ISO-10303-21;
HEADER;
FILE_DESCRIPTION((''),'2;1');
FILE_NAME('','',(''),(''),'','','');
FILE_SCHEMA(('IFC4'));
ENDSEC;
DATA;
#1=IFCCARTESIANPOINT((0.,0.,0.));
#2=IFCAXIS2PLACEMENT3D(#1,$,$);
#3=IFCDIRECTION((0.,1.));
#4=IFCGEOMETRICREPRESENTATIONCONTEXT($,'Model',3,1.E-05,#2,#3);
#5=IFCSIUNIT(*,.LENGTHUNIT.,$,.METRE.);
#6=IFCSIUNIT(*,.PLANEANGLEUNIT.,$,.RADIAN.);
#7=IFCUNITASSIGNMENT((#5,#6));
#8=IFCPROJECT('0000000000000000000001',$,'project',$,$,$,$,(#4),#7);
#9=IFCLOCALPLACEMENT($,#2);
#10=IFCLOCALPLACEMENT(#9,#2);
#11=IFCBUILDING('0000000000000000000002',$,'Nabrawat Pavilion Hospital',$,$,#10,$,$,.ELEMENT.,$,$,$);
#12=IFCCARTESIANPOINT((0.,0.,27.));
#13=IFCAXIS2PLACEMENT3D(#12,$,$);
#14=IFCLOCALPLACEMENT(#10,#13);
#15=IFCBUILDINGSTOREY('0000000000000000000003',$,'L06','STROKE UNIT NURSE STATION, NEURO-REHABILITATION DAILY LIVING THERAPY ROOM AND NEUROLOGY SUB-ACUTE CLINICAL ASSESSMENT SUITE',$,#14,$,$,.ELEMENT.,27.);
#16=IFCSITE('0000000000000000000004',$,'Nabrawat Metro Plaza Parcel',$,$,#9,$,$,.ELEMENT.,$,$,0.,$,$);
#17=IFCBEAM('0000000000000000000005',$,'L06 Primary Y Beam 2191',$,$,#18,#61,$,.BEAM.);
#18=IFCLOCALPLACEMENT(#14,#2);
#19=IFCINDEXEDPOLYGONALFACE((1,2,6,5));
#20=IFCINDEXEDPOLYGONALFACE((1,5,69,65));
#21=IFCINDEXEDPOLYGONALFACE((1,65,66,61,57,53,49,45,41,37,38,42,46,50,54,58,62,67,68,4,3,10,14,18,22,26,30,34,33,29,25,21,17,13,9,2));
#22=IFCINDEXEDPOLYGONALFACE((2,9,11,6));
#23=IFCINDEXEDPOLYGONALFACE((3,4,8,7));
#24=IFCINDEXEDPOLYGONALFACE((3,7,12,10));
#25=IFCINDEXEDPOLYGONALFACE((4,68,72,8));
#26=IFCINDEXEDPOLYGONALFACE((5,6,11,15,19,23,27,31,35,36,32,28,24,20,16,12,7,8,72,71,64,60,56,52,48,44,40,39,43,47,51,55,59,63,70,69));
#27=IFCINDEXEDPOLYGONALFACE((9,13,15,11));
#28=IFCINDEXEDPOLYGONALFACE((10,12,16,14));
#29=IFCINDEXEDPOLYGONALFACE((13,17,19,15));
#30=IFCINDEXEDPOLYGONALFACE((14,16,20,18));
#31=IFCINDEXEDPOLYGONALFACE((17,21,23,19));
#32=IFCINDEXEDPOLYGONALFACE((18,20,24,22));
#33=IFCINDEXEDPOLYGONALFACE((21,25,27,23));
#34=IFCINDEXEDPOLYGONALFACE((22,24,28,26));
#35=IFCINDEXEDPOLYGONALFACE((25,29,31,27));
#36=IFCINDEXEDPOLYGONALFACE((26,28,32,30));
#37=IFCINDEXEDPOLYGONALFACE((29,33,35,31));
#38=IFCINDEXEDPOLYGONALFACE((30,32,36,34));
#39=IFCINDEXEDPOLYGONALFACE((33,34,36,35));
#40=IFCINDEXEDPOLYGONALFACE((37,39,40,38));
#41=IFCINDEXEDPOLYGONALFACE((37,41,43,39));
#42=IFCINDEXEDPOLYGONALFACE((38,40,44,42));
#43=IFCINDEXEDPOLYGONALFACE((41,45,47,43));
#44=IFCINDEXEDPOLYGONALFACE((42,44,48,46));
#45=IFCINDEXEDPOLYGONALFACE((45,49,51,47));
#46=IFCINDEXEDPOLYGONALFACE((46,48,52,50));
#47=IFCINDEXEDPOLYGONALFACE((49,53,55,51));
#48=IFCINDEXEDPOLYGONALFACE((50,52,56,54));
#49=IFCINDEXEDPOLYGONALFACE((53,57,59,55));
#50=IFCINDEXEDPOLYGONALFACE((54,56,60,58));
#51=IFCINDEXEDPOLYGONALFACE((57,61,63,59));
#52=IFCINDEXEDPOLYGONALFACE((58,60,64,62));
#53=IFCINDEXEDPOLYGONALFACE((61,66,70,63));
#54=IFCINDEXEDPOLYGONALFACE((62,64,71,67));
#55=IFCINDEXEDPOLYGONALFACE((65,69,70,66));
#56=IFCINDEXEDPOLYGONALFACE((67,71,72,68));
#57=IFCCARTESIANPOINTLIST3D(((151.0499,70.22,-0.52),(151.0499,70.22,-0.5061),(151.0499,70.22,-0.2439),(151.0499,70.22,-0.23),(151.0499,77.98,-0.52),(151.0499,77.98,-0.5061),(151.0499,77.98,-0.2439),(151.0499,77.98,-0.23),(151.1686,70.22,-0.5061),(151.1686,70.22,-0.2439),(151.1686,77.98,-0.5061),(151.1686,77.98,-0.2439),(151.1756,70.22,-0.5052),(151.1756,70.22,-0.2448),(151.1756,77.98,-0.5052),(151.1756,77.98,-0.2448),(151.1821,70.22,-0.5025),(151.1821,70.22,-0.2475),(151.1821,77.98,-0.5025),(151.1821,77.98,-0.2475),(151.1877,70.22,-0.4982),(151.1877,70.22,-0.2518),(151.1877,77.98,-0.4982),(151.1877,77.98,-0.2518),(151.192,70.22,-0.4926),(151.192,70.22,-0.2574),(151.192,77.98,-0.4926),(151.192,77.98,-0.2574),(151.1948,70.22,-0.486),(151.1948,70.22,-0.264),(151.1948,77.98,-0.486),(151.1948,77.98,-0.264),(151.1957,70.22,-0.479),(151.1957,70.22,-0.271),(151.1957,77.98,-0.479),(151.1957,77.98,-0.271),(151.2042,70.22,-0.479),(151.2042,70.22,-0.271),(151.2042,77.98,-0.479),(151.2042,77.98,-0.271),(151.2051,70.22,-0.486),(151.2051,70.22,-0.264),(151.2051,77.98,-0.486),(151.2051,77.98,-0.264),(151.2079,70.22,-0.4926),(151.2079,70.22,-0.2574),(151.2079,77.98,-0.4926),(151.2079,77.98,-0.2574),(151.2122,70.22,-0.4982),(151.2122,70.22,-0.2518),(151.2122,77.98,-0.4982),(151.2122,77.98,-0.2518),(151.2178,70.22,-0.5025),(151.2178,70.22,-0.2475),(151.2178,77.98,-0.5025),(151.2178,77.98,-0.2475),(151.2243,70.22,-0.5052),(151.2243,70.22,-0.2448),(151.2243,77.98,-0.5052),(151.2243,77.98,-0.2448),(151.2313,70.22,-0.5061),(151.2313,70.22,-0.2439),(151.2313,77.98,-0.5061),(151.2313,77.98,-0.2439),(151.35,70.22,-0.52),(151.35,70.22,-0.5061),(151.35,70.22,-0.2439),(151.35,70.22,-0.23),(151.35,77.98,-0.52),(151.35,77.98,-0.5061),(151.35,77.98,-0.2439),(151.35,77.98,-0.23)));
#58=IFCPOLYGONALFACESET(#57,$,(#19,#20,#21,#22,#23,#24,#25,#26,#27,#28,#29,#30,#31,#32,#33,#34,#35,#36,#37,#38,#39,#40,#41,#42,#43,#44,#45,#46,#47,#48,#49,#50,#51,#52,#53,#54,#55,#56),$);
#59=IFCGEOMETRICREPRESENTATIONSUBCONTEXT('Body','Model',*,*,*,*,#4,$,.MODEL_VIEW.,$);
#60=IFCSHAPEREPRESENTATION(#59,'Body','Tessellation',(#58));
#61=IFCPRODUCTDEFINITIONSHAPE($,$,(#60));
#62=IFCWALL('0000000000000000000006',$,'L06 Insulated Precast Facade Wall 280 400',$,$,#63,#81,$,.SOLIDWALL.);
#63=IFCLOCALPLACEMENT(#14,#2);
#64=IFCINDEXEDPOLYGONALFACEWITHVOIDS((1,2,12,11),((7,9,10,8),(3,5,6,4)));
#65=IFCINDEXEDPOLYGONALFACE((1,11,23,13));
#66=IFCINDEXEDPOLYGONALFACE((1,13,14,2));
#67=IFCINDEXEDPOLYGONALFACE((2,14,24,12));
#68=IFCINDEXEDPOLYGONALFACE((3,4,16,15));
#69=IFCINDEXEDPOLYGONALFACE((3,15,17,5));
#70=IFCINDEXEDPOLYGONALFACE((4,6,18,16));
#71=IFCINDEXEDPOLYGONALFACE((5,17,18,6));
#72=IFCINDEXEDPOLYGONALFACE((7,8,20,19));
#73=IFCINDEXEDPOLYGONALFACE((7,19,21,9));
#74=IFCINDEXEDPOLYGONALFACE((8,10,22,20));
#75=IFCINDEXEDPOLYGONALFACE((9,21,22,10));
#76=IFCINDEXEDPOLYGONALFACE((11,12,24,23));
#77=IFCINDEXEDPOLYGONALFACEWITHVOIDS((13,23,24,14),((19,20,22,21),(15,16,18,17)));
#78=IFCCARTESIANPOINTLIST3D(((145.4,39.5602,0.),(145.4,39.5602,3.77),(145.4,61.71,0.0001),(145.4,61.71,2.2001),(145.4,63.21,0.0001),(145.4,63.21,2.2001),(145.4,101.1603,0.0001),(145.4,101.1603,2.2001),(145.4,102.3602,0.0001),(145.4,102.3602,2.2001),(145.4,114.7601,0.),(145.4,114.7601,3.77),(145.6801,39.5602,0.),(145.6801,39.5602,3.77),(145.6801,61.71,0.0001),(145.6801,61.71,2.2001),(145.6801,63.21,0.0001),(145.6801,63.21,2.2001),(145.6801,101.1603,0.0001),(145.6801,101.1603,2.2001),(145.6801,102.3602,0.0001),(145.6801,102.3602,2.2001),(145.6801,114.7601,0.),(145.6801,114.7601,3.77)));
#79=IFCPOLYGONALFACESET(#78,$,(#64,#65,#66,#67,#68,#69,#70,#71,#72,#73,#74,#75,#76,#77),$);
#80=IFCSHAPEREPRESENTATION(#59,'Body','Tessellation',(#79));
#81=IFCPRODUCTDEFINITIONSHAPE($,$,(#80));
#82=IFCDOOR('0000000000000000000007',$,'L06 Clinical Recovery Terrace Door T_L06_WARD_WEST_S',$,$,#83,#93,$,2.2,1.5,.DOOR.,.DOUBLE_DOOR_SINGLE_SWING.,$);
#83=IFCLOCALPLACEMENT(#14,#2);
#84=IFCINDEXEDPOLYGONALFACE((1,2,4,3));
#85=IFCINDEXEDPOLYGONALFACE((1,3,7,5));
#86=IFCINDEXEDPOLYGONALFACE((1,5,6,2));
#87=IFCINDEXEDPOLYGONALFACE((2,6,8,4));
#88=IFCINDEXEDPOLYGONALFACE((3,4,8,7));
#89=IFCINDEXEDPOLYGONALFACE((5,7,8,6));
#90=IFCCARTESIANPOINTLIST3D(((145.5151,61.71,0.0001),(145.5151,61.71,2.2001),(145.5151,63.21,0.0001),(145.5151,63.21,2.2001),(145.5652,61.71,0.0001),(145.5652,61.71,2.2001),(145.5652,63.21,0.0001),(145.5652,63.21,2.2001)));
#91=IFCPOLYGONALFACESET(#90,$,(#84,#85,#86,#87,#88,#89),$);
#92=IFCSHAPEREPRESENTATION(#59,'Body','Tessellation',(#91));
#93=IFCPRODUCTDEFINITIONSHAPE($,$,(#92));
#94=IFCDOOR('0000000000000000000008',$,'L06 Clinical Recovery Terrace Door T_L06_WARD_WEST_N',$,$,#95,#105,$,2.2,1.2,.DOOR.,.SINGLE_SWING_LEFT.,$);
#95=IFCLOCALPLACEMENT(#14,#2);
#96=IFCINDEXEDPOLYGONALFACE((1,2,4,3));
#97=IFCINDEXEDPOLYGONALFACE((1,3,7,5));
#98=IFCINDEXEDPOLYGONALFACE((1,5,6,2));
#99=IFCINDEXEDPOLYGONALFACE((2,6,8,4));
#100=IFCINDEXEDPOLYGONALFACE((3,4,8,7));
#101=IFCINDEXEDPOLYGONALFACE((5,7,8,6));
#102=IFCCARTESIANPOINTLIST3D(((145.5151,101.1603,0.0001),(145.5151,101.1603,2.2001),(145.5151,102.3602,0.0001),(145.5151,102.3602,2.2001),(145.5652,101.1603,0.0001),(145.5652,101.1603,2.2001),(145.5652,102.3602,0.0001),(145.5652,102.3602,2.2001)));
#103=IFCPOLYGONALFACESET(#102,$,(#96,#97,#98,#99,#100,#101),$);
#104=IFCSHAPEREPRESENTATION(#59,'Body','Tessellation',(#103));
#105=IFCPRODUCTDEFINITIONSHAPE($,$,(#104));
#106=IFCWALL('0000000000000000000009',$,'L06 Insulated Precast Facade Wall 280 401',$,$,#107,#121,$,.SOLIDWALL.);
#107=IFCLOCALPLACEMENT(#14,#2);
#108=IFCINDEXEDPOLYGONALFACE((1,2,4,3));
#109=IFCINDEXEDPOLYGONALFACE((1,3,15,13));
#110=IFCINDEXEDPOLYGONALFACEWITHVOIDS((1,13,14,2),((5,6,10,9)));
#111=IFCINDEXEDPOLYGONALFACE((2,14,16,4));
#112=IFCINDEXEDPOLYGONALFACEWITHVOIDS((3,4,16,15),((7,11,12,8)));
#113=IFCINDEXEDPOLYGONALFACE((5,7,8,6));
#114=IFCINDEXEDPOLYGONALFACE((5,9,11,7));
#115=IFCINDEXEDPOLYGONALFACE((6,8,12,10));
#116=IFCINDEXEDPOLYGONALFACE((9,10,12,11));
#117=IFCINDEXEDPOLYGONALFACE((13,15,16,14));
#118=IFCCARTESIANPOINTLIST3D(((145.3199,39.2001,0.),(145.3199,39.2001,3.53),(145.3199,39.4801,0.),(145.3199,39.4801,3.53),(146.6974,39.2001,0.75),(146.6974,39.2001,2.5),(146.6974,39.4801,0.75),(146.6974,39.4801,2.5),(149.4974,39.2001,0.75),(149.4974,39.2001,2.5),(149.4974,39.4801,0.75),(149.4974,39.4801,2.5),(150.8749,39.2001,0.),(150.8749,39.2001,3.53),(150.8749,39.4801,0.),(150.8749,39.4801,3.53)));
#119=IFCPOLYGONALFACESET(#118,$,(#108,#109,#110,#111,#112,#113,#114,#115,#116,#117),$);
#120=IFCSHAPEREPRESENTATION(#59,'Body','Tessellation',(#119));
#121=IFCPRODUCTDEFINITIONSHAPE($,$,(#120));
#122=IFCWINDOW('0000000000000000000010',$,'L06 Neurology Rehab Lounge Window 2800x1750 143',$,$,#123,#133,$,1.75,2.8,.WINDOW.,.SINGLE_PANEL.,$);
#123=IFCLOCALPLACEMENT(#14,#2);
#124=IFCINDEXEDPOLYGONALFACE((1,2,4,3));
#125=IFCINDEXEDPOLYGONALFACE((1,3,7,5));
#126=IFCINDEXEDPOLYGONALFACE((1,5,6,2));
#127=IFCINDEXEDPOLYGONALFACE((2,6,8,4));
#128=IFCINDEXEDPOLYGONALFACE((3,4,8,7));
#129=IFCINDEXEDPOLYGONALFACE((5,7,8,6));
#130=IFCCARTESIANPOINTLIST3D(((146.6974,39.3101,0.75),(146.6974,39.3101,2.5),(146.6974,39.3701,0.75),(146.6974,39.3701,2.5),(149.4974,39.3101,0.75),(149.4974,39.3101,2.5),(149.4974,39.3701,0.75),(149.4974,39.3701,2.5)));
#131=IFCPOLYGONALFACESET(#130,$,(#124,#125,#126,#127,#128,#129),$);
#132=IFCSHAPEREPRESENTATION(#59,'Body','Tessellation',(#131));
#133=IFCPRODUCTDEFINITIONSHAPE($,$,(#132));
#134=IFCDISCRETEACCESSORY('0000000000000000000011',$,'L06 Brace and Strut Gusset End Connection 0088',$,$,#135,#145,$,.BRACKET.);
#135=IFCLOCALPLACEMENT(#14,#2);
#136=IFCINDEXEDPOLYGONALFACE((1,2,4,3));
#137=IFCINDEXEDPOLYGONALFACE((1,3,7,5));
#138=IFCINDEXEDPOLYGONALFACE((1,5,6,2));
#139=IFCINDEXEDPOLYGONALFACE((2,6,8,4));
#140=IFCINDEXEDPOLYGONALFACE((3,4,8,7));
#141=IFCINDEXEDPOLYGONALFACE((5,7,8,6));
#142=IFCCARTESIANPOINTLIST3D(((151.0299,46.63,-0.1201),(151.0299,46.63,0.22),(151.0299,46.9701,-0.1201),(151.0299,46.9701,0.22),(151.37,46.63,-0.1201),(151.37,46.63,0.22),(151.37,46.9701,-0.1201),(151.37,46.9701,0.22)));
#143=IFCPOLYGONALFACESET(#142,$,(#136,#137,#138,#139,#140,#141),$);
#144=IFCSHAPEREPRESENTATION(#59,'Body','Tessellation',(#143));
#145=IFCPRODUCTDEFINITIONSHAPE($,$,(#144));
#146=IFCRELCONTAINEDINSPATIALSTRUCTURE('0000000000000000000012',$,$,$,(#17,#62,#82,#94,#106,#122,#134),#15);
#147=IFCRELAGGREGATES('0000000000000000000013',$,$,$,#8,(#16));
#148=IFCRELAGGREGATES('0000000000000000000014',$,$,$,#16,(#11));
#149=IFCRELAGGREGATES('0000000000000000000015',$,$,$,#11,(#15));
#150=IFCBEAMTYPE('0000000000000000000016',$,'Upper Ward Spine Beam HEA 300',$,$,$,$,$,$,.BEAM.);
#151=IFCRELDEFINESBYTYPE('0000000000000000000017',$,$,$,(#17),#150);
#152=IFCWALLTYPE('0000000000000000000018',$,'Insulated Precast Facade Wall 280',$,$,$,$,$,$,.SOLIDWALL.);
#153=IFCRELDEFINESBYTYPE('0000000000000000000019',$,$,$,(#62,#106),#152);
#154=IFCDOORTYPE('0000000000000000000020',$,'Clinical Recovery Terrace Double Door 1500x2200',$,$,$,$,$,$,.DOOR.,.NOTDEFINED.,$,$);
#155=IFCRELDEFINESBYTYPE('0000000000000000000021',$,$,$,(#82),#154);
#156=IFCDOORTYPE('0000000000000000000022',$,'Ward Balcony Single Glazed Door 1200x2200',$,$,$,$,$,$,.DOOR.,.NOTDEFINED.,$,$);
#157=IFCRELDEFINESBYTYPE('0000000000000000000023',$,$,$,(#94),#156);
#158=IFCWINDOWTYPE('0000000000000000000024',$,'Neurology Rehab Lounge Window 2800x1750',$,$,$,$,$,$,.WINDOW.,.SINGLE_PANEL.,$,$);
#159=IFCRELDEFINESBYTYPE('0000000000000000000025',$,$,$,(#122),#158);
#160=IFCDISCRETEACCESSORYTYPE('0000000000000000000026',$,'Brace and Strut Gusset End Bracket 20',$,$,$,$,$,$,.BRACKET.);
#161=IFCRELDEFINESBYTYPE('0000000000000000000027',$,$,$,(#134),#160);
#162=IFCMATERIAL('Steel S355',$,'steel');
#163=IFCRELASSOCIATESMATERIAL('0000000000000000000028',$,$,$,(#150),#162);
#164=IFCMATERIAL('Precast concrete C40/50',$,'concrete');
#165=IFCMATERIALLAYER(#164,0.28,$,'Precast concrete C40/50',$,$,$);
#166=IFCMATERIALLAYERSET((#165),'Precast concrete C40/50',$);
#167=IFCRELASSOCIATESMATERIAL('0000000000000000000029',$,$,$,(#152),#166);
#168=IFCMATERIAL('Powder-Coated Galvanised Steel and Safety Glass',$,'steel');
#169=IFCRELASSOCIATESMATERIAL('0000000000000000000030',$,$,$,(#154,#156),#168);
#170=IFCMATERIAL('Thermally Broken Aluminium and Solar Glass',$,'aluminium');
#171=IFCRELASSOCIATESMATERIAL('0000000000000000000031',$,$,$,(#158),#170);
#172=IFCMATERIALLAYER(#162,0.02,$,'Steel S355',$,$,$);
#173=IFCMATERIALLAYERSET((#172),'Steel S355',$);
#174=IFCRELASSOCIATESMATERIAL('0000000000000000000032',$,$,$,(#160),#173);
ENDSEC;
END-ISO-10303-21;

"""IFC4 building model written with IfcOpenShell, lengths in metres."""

from ifc_helpers import new_model, si_unit, direction, frame, frame_2d, origin, origin_2d, place, context, subcontext, project, spatial, rectangle, i_section, extrude, material, layer, layer_set, material_profile, profile_set, type_object, element, fill, save


model = new_model("IFC4")

# Units and contexts
model_context = context("Model", 3, precision=1e-05, world=origin(), true_north=direction((0.0, 1.0)))
body_context = subcontext(model_context, "Body", "Model", "MODEL_VIEW")
ifc_project = project(units=[si_unit("LENGTHUNIT", "METRE"), si_unit("PLANEANGLEUNIT", "RADIAN")], contexts=[model_context])

# Site, building, storey
site_placement = place(None, origin())
site = spatial("IfcSite", under=ifc_project, at=site_placement, Name="Nabrawat Metro Plaza Parcel", CompositionType="ELEMENT", RefElevation=0.0)
building_placement = place(site_placement, origin())
building = spatial("IfcBuilding", under=site, at=building_placement, Name="Nabrawat Pavilion Hospital", CompositionType="ELEMENT")
storey_placement = place(building_placement, frame((0.0, 0.0, 27.0)))
storey = spatial("IfcBuildingStorey", under=building, at=storey_placement, Name="L06", Description="STROKE UNIT NURSE STATION, NEURO-REHABILITATION DAILY LIVING THERAPY ROOM AND NEUROLOGY SUB-ACUTE CLINICAL ASSESSMENT SUITE", CompositionType="ELEMENT", Elevation=27.0)

# Shared definitions
ifc_material_1 = material(Name="Steel S355", Category="steel")

# Beam
ifc_material_profile_1 = material_profile(ifc_material_1, i_section(OverallWidth=0.3, OverallDepth=0.29, WebThickness=0.0085, FlangeThickness=0.0139, FilletRadius=0.0271, at=origin_2d()), Name="HEA 300")
ifc_profile_set_1 = profile_set([ifc_material_profile_1], Name="Steel S355")
beam_type_1 = type_object("IfcBeamType", Name="Upper Ward Spine Beam HEA 300", PredefinedType="BEAM", material=ifc_profile_set_1)
for number, where, z_axis, x_axis, name in (
    (1, (151.2, 70.22, -0.375), (0.0, 1.0, 0.0), (-1.0, 0.0, 0.0), "L06 Primary Y Beam 2191"),
):
    element("IfcBeam", number, at=place(storey_placement, frame(where, z_axis=z_axis, x_axis=x_axis)), inside=storey, type_object=beam_type_1, Name=name, PredefinedType="BEAM", context=body_context, shape_type="SweptSolid", body=[
        extrude(i_section(OverallWidth=0.3, OverallDepth=0.29, WebThickness=0.0085, FlangeThickness=0.0139, FilletRadius=0.0271, at=origin_2d()), origin(), (0.0, 0.0, 1.0), 7.76),
    ])

# Wall, openings, doors
ifc_material_2 = material(Name="Precast concrete C40/50", Category="concrete")
ifc_layer_1 = layer(ifc_material_2, 0.28, Name="Precast concrete C40/50")
ifc_layer_set_1 = layer_set([ifc_layer_1], Name="Precast concrete C40/50")
wall_type_1 = type_object("IfcWallType", Name="Insulated Precast Facade Wall 280", PredefinedType="SOLIDWALL", material=ifc_layer_set_1)
wall_1_placement = place(storey_placement, frame((145.54, 39.5601, 0.0), z_axis=(0.0, 0.0, 1.0), x_axis=(0.0, 1.0, 0.0)))
wall_1 = element("IfcWall", 2, at=wall_1_placement, inside=storey, type_object=wall_type_1, Name="L06 Insulated Precast Facade Wall 280 400", PredefinedType="SOLIDWALL", context=body_context, shape_type="SweptSolid", body=[
    extrude(rectangle(XDim=75.2, YDim=0.28, at=frame_2d((37.6001, 0.0))), origin(), (0.0, 0.0, 1.0), 3.77),
])
opening_1_placement = place(wall_1_placement, frame((22.1499, 0.0, 0.0)))
opening_1 = element("IfcOpeningElement", 3, at=opening_1_placement, cuts=wall_1, PredefinedType="OPENING", context=body_context, shape_type="SweptSolid", body=[
    extrude(rectangle(XDim=1.5, YDim=2.2, at=frame_2d((0.75, 1.1001))), frame((0.0, 0.1499, 0.0), z_axis=(0.0, -1.0, 0.0), x_axis=(1.0, 0.0, 0.0)), (0.0, 0.0, 1.0), 0.3),
])
opening_2_placement = place(wall_1_placement, frame((61.6001, 0.0, 0.0)))
opening_2 = element("IfcOpeningElement", 4, at=opening_2_placement, cuts=wall_1, PredefinedType="OPENING", context=body_context, shape_type="SweptSolid", body=[
    extrude(rectangle(XDim=1.2, YDim=2.2, at=frame_2d((0.6001, 1.1001))), frame((0.0, 0.1499, 0.0), z_axis=(0.0, -1.0, 0.0), x_axis=(1.0, 0.0, 0.0)), (0.0, 0.0, 1.0), 0.3),
])
ifc_material_3 = material(Name="Powder-Coated Galvanised Steel and Safety Glass", Category="steel")
door_type_1 = type_object("IfcDoorType", Name="Clinical Recovery Terrace Double Door 1500x2200", OperationType="NOTDEFINED", PredefinedType="DOOR", material=ifc_material_3)
door_1_placement = place(opening_1_placement, origin())
door_1 = element("IfcDoor", 5, at=door_1_placement, inside=storey, type_object=door_type_1, Name="L06 Clinical Recovery Terrace Door T_L06_WARD_WEST_S", OperationType="DOUBLE_DOOR_SINGLE_SWING", OverallHeight=2.2, OverallWidth=1.5, PredefinedType="DOOR", context=body_context, shape_type="SweptSolid", body=[
    extrude(rectangle(XDim=1.5, YDim=2.2, at=frame_2d((0.75, 1.1001))), frame((0.0, 0.0249, 0.0), z_axis=(0.0, -1.0, 0.0), x_axis=(1.0, 0.0, 0.0)), (0.0, 0.0, 1.0), 0.05),
])
fill(opening_1, door_1)
door_type_2 = type_object("IfcDoorType", Name="Ward Balcony Single Glazed Door 1200x2200", OperationType="NOTDEFINED", PredefinedType="DOOR", material=ifc_material_3)
door_2_placement = place(opening_2_placement, origin())
door_2 = element("IfcDoor", 6, at=door_2_placement, inside=storey, type_object=door_type_2, Name="L06 Clinical Recovery Terrace Door T_L06_WARD_WEST_N", OperationType="SINGLE_SWING_LEFT", OverallHeight=2.2, OverallWidth=1.2, PredefinedType="DOOR", context=body_context, shape_type="SweptSolid", body=[
    extrude(rectangle(XDim=1.2, YDim=2.2, at=frame_2d((0.6001, 1.1001))), frame((0.0, 0.0249, 0.0), z_axis=(0.0, -1.0, 0.0), x_axis=(1.0, 0.0, 0.0)), (0.0, 0.0, 1.0), 0.05),
])
fill(opening_2, door_2)

# Wall, opening, window
wall_2_placement = place(storey_placement, frame((145.3201, 39.3401, 0.0), z_axis=(0.0, 0.0, 1.0), x_axis=(1.0, 0.0, 0.0)))
wall_2 = element("IfcWall", 7, at=wall_2_placement, inside=storey, type_object=wall_type_1, Name="L06 Insulated Precast Facade Wall 280 401", PredefinedType="SOLIDWALL", context=body_context, shape_type="SweptSolid", body=[
    extrude(rectangle(XDim=5.5549, YDim=0.28, at=frame_2d((2.7773, 0.0))), origin(), (0.0, 0.0, 1.0), 3.53),
])
opening_3_placement = place(wall_2_placement, frame((1.3774, 0.0, 0.75)))
opening_3 = element("IfcOpeningElement", 8, at=opening_3_placement, cuts=wall_2, PredefinedType="OPENING", context=body_context, shape_type="SweptSolid", body=[
    extrude(rectangle(XDim=2.8, YDim=1.75, at=frame_2d((1.3999, 0.875))), frame((0.0, 0.1499, 0.0), z_axis=(0.0, -1.0, 0.0), x_axis=(1.0, 0.0, 0.0)), (0.0, 0.0, 1.0), 0.3),
])
ifc_material_4 = material(Name="Thermally Broken Aluminium and Solar Glass", Category="aluminium")
window_type = type_object("IfcWindowType", Name="Neurology Rehab Lounge Window 2800x1750", PartitioningType="SINGLE_PANEL", PredefinedType="WINDOW", material=ifc_material_4)
window_placement = place(opening_3_placement, origin())
window = element("IfcWindow", 9, at=window_placement, inside=storey, type_object=window_type, Name="L06 Neurology Rehab Lounge Window 2800x1750 143", OverallHeight=1.75, OverallWidth=2.8, PartitioningType="SINGLE_PANEL", PredefinedType="WINDOW", context=body_context, shape_type="SweptSolid", body=[
    extrude(rectangle(XDim=2.8, YDim=1.75, at=frame_2d((1.3999, 0.875))), frame((0.0, 0.03, 0.0), z_axis=(0.0, -1.0, 0.0), x_axis=(1.0, 0.0, 0.0)), (0.0, 0.0, 1.0), 0.0601),
])
fill(opening_3, window)

# Discrete accessory
ifc_layer_2 = layer(ifc_material_1, 0.02, Name="Steel S355")
ifc_layer_set_2 = layer_set([ifc_layer_2], Name="Steel S355")
discrete_accessory_type = type_object("IfcDiscreteAccessoryType", Name="Brace and Strut Gusset End Bracket 20", PredefinedType="BRACKET", material=ifc_layer_set_2)
discrete_accessory_placement = place(storey_placement, frame((151.2, 46.8, -0.1201), z_axis=(0.0, 0.0, 1.0), x_axis=(1.0, 0.0, 0.0)))
element("IfcDiscreteAccessory", 10, at=discrete_accessory_placement, inside=storey, type_object=discrete_accessory_type, Name="L06 Brace and Strut Gusset End Connection 0088", PredefinedType="BRACKET", context=body_context, shape_type="SweptSolid", body=[
    extrude(rectangle(XDim=0.3401, YDim=0.3401, at=origin_2d()), origin(), (0.0, 0.0, 1.0), 0.3401),
])

save(model, "model.ifc")
